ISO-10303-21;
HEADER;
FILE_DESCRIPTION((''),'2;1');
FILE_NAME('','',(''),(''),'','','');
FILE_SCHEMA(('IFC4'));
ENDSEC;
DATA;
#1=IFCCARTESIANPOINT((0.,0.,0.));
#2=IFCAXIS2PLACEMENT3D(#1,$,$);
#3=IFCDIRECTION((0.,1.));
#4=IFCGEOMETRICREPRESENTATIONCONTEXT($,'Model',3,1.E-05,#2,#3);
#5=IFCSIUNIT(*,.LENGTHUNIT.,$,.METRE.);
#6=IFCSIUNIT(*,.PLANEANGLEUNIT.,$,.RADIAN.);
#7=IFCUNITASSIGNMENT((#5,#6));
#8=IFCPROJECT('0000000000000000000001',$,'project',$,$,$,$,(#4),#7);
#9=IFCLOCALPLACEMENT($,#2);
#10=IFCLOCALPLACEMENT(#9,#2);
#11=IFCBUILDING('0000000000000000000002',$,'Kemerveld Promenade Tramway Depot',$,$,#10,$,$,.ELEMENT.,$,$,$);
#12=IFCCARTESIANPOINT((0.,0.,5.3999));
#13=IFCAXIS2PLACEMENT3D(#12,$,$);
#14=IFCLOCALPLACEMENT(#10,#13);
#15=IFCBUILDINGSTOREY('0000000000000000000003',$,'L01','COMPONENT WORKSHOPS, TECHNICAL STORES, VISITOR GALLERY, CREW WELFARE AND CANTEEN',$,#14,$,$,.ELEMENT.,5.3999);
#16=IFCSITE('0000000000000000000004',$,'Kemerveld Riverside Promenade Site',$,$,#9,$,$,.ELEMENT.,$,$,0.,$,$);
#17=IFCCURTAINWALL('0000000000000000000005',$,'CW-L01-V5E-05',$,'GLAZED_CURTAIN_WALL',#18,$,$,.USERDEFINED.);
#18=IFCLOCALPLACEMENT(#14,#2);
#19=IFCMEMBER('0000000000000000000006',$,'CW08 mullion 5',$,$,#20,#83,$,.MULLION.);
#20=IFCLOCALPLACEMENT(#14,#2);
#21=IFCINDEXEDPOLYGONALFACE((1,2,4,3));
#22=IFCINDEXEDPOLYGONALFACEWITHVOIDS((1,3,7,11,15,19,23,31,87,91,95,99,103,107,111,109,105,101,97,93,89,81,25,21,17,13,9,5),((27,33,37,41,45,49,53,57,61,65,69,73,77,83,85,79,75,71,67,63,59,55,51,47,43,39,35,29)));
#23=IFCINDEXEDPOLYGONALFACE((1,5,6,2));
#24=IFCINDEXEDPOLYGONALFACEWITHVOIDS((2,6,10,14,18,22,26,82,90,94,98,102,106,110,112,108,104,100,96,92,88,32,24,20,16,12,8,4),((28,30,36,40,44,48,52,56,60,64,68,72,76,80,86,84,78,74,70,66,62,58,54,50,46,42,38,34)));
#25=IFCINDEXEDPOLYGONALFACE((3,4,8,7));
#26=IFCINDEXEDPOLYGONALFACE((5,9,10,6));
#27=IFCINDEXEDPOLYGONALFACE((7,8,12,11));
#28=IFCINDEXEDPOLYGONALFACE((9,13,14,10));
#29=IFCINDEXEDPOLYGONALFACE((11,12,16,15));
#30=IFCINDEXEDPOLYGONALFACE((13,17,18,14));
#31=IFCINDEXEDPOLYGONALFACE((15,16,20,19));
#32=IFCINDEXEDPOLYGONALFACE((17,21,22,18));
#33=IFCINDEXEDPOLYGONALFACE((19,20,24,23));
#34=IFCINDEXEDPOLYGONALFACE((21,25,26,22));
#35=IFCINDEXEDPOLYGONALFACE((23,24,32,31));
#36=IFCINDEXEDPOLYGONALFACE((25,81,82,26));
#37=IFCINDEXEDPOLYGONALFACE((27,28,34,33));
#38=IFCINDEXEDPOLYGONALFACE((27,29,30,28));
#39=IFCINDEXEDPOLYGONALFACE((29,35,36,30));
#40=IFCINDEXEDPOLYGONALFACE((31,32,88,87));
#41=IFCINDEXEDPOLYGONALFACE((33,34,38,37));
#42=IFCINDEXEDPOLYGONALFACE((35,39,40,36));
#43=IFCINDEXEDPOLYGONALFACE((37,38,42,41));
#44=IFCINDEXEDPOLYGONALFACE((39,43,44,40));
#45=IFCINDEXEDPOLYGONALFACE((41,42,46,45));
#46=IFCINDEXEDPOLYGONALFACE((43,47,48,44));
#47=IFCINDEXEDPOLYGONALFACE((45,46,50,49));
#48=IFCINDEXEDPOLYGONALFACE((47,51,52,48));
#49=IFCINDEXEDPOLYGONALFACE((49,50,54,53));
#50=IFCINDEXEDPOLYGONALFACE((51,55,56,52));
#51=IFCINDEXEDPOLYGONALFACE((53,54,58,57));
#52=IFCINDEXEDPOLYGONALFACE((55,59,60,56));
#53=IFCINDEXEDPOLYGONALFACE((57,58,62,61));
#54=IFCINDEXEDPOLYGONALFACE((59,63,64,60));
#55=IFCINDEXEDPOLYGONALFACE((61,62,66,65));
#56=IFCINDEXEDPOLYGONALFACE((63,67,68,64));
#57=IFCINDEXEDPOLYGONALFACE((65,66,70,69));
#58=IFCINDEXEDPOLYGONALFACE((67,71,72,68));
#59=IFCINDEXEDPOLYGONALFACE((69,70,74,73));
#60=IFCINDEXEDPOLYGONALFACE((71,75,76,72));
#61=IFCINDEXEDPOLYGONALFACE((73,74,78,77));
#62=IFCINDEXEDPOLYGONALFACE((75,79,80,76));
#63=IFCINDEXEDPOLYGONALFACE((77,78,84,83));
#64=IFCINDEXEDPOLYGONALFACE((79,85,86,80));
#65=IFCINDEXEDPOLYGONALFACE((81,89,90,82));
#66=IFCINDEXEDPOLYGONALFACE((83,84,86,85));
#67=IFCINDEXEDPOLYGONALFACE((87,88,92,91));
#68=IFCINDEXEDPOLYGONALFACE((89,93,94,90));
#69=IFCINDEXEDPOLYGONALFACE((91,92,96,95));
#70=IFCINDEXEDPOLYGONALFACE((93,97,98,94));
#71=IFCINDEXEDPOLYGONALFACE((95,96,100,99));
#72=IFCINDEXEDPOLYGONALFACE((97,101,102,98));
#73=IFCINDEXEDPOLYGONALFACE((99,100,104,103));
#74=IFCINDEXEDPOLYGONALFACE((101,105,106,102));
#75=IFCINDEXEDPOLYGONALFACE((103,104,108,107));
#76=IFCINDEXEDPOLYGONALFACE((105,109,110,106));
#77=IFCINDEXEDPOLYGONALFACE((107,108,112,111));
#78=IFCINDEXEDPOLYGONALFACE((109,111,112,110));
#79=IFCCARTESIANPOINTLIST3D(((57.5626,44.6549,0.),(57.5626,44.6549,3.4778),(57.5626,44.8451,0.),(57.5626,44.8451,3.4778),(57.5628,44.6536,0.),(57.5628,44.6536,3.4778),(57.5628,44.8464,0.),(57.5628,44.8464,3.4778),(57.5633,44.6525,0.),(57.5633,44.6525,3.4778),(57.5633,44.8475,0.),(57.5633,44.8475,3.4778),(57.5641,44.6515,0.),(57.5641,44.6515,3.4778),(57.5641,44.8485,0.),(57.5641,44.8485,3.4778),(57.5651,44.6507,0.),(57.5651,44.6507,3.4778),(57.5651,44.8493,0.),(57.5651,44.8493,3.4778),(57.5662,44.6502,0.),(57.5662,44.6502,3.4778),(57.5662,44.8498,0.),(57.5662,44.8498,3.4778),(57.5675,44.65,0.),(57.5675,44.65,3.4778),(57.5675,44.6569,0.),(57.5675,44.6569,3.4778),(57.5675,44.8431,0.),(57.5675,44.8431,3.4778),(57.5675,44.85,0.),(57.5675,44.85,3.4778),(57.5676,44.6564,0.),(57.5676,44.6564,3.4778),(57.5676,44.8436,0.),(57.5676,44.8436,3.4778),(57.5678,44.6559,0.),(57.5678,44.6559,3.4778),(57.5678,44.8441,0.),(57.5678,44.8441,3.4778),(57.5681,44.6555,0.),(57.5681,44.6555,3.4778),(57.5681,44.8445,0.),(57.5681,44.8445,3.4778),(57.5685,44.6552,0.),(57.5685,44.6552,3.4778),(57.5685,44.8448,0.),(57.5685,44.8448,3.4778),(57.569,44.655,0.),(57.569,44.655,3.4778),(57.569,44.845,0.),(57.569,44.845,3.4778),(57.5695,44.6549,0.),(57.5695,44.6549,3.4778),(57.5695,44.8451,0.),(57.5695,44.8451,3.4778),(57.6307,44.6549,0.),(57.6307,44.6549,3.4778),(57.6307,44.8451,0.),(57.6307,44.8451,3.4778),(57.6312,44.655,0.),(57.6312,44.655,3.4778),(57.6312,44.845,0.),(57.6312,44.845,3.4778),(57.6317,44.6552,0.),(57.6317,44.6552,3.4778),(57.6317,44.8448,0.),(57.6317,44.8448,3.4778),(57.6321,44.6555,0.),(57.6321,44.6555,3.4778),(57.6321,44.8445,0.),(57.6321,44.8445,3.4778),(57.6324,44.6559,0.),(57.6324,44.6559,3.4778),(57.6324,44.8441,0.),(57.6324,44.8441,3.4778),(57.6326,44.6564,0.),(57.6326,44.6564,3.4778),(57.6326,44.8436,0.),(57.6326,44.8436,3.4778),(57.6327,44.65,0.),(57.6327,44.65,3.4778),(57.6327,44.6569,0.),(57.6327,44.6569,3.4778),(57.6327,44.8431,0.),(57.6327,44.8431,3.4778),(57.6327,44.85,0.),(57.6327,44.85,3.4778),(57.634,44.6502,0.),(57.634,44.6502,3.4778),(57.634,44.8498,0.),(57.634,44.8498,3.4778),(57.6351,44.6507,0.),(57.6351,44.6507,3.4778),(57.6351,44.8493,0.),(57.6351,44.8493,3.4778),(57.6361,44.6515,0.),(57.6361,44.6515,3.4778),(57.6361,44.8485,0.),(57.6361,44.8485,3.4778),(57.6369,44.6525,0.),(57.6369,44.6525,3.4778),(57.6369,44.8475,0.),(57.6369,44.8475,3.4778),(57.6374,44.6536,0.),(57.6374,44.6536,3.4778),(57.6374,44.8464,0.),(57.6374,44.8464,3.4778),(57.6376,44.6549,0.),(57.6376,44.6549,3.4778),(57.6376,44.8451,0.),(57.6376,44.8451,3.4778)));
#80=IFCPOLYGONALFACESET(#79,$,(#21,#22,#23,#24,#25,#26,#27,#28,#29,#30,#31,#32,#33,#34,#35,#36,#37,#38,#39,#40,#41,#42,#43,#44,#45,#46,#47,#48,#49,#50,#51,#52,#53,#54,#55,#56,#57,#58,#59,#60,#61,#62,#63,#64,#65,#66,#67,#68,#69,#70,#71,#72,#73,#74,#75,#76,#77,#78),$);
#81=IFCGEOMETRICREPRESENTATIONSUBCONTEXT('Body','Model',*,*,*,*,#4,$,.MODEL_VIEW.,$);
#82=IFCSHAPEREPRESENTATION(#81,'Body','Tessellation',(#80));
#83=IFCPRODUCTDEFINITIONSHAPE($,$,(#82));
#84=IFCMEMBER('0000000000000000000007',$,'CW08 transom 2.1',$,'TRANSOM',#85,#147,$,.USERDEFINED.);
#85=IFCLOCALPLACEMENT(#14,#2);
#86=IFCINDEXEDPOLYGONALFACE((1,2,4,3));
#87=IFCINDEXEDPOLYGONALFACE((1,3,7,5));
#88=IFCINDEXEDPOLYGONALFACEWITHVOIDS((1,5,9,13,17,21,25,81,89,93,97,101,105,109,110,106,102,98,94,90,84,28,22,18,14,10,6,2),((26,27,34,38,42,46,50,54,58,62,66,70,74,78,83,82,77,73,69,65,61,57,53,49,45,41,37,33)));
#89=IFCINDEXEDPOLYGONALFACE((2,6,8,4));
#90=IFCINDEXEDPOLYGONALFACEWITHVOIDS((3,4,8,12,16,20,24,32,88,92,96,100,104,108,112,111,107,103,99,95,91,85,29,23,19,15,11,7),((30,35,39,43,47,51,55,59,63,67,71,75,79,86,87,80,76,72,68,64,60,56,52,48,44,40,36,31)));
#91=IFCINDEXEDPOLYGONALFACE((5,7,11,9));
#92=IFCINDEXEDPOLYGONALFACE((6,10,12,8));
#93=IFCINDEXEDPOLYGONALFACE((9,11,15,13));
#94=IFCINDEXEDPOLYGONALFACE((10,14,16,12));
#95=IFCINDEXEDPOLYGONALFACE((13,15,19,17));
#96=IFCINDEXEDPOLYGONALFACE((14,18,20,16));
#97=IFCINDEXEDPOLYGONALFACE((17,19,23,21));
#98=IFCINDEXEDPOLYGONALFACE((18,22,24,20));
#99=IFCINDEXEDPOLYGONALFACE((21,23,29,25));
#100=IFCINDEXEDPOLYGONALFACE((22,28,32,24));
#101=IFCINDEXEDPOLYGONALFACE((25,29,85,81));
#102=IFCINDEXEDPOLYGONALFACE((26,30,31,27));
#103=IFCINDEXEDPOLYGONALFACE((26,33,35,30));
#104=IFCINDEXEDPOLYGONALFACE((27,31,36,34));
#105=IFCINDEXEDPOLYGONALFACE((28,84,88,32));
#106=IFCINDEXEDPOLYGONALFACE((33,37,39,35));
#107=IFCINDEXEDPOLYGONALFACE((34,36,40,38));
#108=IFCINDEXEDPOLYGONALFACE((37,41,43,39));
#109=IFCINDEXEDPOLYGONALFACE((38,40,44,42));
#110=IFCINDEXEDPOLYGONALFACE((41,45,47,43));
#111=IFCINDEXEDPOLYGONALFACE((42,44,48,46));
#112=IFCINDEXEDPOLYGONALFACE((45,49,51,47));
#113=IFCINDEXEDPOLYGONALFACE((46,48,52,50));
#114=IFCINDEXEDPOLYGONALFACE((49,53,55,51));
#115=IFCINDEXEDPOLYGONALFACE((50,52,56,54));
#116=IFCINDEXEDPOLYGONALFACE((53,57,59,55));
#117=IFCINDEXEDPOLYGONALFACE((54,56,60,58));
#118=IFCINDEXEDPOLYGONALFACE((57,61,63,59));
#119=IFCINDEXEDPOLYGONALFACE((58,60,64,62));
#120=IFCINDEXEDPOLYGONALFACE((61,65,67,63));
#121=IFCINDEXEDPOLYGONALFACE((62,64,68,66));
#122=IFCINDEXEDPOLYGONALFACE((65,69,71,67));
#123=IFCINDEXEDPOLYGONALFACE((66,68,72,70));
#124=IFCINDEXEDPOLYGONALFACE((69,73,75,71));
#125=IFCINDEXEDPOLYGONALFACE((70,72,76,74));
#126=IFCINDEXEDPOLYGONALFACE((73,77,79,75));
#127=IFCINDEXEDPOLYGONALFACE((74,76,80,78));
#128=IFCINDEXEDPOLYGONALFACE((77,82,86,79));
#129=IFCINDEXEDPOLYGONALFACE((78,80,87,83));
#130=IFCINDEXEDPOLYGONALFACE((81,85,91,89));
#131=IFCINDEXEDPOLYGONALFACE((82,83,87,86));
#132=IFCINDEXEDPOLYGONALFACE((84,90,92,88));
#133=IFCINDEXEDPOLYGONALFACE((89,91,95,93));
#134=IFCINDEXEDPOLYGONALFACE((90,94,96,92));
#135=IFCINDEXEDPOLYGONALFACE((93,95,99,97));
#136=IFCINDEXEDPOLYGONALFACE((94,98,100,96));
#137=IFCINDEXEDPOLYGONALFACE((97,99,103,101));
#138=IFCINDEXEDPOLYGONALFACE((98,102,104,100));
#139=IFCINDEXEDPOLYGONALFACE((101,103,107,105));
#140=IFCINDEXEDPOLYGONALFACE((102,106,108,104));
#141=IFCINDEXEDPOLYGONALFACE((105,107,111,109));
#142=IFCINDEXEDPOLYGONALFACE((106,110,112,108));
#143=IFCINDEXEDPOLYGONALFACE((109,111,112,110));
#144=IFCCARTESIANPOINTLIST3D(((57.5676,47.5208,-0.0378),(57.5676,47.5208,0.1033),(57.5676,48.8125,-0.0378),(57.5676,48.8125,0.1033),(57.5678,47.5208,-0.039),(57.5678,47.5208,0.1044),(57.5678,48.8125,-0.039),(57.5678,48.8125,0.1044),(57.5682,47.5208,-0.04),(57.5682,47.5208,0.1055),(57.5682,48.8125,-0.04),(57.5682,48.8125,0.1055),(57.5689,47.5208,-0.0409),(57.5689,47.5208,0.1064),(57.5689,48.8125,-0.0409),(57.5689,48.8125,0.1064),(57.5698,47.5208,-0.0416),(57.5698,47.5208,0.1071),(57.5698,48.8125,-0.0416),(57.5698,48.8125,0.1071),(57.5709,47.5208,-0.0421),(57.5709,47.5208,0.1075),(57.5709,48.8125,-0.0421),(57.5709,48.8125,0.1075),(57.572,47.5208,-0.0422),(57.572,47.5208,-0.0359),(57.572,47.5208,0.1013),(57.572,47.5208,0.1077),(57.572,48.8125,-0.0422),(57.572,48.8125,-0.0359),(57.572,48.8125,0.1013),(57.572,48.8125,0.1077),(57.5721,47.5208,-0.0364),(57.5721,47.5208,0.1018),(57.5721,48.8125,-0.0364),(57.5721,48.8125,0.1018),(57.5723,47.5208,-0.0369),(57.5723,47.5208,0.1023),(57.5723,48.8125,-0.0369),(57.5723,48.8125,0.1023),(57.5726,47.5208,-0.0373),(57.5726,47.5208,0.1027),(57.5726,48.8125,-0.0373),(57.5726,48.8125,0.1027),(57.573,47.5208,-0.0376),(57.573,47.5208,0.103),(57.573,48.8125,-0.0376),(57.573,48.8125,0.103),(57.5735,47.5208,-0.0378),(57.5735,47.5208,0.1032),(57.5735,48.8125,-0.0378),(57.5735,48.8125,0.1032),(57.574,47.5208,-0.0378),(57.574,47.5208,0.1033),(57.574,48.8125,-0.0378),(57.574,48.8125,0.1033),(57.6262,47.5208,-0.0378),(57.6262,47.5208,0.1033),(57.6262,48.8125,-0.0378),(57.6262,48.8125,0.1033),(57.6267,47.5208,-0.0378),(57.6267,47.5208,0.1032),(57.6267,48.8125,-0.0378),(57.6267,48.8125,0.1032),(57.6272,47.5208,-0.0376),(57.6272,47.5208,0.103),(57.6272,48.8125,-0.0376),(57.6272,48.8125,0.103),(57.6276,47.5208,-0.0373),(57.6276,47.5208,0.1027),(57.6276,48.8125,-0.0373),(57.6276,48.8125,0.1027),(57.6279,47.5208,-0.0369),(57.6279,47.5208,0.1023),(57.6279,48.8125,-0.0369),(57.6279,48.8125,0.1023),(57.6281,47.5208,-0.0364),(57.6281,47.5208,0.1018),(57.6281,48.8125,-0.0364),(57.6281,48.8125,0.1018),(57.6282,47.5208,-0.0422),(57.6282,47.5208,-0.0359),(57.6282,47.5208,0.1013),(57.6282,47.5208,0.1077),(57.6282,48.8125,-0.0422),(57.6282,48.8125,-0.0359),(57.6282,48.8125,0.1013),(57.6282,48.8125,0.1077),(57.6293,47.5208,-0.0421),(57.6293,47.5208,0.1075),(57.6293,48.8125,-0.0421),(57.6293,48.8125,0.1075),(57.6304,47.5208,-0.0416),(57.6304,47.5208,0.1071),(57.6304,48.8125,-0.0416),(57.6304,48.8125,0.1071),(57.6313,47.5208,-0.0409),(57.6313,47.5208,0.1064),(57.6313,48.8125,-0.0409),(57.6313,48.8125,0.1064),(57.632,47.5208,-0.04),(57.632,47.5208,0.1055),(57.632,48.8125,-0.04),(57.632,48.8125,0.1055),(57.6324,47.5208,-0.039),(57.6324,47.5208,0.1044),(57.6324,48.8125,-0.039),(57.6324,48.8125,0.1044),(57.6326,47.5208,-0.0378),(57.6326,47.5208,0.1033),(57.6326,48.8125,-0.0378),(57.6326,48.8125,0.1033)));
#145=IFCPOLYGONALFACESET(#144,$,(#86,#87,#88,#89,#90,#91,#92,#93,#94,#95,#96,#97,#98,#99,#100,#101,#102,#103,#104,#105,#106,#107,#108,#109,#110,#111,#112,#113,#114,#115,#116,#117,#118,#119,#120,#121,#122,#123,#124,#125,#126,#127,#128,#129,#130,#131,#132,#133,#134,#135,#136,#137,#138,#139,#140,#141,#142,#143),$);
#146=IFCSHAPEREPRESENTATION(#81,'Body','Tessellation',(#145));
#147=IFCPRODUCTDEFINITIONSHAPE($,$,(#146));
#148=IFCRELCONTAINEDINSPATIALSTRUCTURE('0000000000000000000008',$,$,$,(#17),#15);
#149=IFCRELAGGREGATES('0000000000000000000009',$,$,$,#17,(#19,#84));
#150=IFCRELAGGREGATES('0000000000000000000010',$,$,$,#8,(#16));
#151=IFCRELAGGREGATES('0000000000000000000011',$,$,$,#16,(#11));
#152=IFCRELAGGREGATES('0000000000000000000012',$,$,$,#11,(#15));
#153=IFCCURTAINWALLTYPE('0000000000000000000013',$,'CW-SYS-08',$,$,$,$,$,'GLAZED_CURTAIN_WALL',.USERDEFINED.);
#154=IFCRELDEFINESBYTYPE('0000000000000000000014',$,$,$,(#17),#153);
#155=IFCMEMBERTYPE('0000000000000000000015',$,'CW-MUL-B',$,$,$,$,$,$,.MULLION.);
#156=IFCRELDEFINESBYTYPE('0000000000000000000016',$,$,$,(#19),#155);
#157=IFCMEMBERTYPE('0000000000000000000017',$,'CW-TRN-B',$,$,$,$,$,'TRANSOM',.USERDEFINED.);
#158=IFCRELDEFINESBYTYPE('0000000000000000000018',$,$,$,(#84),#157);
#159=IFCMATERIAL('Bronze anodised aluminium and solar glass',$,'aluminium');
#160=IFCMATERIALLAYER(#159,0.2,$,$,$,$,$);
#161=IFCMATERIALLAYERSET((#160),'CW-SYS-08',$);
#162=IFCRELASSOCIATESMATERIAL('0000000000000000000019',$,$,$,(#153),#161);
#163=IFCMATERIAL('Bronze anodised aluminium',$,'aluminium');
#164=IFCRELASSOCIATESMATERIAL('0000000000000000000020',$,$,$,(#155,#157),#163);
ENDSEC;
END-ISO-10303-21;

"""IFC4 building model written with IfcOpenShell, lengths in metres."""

from ifc_helpers import new_model, si_unit, direction, frame, origin, origin_2d, place, context, subcontext, project, spatial, hollow_rectangle, extrude, material, layer, layer_set, material_profile, profile_set, type_object, element, aggregate, save


model = new_model("IFC4")

# Units and contexts
model_context = context("Model", 3, precision=1e-05, world=origin(), true_north=direction((0.0, 1.0)))
body_context = subcontext(model_context, "Body", "Model", "MODEL_VIEW")
ifc_project = project(units=[si_unit("LENGTHUNIT", "METRE"), si_unit("PLANEANGLEUNIT", "RADIAN")], contexts=[model_context])

# Site, building, storey
site_placement = place(None, origin())
site = spatial("IfcSite", under=ifc_project, at=site_placement, Name="Kemerveld Riverside Promenade Site", CompositionType="ELEMENT", RefElevation=0.0)
building_placement = place(site_placement, origin())
building = spatial("IfcBuilding", under=site, at=building_placement, Name="Kemerveld Promenade Tramway Depot", CompositionType="ELEMENT")
storey_placement = place(building_placement, frame((0.0, 0.0, 5.3999)))
storey = spatial("IfcBuildingStorey", under=building, at=storey_placement, Name="L01", Description="COMPONENT WORKSHOPS, TECHNICAL STORES, VISITOR GALLERY, CREW WELFARE AND CANTEEN", CompositionType="ELEMENT", Elevation=5.3999)

# Curtain wall, members
ifc_material_1 = material(Name="Bronze anodised aluminium and solar glass", Category="aluminium")
ifc_layer_1 = layer(ifc_material_1, 0.2)
ifc_layer_set_1 = layer_set([ifc_layer_1], Name="CW-SYS-08")
curtain_wall_type = type_object("IfcCurtainWallType", Name="CW-SYS-08", ElementType="GLAZED_CURTAIN_WALL", PredefinedType="USERDEFINED", material=ifc_layer_set_1)
curtain_wall_placement = place(storey_placement, origin())
curtain_wall = element("IfcCurtainWall", 1, at=curtain_wall_placement, inside=storey, type_object=curtain_wall_type, Name="CW-L01-V5E-05", ObjectType="GLAZED_CURTAIN_WALL", PredefinedType="USERDEFINED")
ifc_material_2 = material(Name="Bronze anodised aluminium", Category="aluminium")
ifc_material_profile_1 = material_profile(ifc_material_2, hollow_rectangle(XDim=0.075, YDim=0.2, WallThickness=0.0049, InnerFilletRadius=0.002, OuterFilletRadius=0.0049, at=origin_2d()), Name="CW-MUL-200x75")
ifc_profile_set_1 = profile_set([ifc_material_profile_1], Name="Bronze anodised aluminium")
member_type_1 = type_object("IfcMemberType", Name="CW-MUL-B", PredefinedType="MULLION", material=ifc_profile_set_1)
member_1_placement = place(storey_placement, frame((57.6001, 44.75, 0.0), z_axis=(0.0, 0.0, 1.0), x_axis=(1.0, 0.0, 0.0)))
member_1 = element("IfcMember", 2, at=member_1_placement, type_object=member_type_1, Name="CW08 mullion 5", PredefinedType="MULLION", context=body_context, shape_type="SweptSolid", body=[
    extrude(hollow_rectangle(XDim=0.075, YDim=0.2, WallThickness=0.0049, InnerFilletRadius=0.002, OuterFilletRadius=0.0049, at=origin_2d()), origin(), (0.0, 0.0, 1.0), 3.4778),
])
ifc_material_profile_2 = material_profile(ifc_material_2, hollow_rectangle(XDim=0.0649, YDim=0.1499, WallThickness=0.0044, InnerFilletRadius=0.002, OuterFilletRadius=0.0044, at=origin_2d()), Name="CW-TRN-150x65")
ifc_profile_set_2 = profile_set([ifc_material_profile_2], Name="Bronze anodised aluminium")
member_type_2 = type_object("IfcMemberType", Name="CW-TRN-B", ElementType="TRANSOM", PredefinedType="USERDEFINED", material=ifc_profile_set_2)
member_2_placement = place(storey_placement, frame((57.6001, 48.8125, 0.0327), z_axis=(0.0, -1.0, 0.0), x_axis=(1.0, 0.0, 0.0)))
member_2 = element("IfcMember", 3, at=member_2_placement, type_object=member_type_2, Name="CW08 transom 2.1", ObjectType="TRANSOM", PredefinedType="USERDEFINED", context=body_context, shape_type="SweptSolid", body=[
    extrude(hollow_rectangle(XDim=0.0649, YDim=0.1499, WallThickness=0.0044, InnerFilletRadius=0.002, OuterFilletRadius=0.0044, at=origin_2d()), origin(), (0.0, 0.0, 1.0), 1.2917),
])
aggregate(curtain_wall, [member_1, member_2])

save(model, "model.ifc")
